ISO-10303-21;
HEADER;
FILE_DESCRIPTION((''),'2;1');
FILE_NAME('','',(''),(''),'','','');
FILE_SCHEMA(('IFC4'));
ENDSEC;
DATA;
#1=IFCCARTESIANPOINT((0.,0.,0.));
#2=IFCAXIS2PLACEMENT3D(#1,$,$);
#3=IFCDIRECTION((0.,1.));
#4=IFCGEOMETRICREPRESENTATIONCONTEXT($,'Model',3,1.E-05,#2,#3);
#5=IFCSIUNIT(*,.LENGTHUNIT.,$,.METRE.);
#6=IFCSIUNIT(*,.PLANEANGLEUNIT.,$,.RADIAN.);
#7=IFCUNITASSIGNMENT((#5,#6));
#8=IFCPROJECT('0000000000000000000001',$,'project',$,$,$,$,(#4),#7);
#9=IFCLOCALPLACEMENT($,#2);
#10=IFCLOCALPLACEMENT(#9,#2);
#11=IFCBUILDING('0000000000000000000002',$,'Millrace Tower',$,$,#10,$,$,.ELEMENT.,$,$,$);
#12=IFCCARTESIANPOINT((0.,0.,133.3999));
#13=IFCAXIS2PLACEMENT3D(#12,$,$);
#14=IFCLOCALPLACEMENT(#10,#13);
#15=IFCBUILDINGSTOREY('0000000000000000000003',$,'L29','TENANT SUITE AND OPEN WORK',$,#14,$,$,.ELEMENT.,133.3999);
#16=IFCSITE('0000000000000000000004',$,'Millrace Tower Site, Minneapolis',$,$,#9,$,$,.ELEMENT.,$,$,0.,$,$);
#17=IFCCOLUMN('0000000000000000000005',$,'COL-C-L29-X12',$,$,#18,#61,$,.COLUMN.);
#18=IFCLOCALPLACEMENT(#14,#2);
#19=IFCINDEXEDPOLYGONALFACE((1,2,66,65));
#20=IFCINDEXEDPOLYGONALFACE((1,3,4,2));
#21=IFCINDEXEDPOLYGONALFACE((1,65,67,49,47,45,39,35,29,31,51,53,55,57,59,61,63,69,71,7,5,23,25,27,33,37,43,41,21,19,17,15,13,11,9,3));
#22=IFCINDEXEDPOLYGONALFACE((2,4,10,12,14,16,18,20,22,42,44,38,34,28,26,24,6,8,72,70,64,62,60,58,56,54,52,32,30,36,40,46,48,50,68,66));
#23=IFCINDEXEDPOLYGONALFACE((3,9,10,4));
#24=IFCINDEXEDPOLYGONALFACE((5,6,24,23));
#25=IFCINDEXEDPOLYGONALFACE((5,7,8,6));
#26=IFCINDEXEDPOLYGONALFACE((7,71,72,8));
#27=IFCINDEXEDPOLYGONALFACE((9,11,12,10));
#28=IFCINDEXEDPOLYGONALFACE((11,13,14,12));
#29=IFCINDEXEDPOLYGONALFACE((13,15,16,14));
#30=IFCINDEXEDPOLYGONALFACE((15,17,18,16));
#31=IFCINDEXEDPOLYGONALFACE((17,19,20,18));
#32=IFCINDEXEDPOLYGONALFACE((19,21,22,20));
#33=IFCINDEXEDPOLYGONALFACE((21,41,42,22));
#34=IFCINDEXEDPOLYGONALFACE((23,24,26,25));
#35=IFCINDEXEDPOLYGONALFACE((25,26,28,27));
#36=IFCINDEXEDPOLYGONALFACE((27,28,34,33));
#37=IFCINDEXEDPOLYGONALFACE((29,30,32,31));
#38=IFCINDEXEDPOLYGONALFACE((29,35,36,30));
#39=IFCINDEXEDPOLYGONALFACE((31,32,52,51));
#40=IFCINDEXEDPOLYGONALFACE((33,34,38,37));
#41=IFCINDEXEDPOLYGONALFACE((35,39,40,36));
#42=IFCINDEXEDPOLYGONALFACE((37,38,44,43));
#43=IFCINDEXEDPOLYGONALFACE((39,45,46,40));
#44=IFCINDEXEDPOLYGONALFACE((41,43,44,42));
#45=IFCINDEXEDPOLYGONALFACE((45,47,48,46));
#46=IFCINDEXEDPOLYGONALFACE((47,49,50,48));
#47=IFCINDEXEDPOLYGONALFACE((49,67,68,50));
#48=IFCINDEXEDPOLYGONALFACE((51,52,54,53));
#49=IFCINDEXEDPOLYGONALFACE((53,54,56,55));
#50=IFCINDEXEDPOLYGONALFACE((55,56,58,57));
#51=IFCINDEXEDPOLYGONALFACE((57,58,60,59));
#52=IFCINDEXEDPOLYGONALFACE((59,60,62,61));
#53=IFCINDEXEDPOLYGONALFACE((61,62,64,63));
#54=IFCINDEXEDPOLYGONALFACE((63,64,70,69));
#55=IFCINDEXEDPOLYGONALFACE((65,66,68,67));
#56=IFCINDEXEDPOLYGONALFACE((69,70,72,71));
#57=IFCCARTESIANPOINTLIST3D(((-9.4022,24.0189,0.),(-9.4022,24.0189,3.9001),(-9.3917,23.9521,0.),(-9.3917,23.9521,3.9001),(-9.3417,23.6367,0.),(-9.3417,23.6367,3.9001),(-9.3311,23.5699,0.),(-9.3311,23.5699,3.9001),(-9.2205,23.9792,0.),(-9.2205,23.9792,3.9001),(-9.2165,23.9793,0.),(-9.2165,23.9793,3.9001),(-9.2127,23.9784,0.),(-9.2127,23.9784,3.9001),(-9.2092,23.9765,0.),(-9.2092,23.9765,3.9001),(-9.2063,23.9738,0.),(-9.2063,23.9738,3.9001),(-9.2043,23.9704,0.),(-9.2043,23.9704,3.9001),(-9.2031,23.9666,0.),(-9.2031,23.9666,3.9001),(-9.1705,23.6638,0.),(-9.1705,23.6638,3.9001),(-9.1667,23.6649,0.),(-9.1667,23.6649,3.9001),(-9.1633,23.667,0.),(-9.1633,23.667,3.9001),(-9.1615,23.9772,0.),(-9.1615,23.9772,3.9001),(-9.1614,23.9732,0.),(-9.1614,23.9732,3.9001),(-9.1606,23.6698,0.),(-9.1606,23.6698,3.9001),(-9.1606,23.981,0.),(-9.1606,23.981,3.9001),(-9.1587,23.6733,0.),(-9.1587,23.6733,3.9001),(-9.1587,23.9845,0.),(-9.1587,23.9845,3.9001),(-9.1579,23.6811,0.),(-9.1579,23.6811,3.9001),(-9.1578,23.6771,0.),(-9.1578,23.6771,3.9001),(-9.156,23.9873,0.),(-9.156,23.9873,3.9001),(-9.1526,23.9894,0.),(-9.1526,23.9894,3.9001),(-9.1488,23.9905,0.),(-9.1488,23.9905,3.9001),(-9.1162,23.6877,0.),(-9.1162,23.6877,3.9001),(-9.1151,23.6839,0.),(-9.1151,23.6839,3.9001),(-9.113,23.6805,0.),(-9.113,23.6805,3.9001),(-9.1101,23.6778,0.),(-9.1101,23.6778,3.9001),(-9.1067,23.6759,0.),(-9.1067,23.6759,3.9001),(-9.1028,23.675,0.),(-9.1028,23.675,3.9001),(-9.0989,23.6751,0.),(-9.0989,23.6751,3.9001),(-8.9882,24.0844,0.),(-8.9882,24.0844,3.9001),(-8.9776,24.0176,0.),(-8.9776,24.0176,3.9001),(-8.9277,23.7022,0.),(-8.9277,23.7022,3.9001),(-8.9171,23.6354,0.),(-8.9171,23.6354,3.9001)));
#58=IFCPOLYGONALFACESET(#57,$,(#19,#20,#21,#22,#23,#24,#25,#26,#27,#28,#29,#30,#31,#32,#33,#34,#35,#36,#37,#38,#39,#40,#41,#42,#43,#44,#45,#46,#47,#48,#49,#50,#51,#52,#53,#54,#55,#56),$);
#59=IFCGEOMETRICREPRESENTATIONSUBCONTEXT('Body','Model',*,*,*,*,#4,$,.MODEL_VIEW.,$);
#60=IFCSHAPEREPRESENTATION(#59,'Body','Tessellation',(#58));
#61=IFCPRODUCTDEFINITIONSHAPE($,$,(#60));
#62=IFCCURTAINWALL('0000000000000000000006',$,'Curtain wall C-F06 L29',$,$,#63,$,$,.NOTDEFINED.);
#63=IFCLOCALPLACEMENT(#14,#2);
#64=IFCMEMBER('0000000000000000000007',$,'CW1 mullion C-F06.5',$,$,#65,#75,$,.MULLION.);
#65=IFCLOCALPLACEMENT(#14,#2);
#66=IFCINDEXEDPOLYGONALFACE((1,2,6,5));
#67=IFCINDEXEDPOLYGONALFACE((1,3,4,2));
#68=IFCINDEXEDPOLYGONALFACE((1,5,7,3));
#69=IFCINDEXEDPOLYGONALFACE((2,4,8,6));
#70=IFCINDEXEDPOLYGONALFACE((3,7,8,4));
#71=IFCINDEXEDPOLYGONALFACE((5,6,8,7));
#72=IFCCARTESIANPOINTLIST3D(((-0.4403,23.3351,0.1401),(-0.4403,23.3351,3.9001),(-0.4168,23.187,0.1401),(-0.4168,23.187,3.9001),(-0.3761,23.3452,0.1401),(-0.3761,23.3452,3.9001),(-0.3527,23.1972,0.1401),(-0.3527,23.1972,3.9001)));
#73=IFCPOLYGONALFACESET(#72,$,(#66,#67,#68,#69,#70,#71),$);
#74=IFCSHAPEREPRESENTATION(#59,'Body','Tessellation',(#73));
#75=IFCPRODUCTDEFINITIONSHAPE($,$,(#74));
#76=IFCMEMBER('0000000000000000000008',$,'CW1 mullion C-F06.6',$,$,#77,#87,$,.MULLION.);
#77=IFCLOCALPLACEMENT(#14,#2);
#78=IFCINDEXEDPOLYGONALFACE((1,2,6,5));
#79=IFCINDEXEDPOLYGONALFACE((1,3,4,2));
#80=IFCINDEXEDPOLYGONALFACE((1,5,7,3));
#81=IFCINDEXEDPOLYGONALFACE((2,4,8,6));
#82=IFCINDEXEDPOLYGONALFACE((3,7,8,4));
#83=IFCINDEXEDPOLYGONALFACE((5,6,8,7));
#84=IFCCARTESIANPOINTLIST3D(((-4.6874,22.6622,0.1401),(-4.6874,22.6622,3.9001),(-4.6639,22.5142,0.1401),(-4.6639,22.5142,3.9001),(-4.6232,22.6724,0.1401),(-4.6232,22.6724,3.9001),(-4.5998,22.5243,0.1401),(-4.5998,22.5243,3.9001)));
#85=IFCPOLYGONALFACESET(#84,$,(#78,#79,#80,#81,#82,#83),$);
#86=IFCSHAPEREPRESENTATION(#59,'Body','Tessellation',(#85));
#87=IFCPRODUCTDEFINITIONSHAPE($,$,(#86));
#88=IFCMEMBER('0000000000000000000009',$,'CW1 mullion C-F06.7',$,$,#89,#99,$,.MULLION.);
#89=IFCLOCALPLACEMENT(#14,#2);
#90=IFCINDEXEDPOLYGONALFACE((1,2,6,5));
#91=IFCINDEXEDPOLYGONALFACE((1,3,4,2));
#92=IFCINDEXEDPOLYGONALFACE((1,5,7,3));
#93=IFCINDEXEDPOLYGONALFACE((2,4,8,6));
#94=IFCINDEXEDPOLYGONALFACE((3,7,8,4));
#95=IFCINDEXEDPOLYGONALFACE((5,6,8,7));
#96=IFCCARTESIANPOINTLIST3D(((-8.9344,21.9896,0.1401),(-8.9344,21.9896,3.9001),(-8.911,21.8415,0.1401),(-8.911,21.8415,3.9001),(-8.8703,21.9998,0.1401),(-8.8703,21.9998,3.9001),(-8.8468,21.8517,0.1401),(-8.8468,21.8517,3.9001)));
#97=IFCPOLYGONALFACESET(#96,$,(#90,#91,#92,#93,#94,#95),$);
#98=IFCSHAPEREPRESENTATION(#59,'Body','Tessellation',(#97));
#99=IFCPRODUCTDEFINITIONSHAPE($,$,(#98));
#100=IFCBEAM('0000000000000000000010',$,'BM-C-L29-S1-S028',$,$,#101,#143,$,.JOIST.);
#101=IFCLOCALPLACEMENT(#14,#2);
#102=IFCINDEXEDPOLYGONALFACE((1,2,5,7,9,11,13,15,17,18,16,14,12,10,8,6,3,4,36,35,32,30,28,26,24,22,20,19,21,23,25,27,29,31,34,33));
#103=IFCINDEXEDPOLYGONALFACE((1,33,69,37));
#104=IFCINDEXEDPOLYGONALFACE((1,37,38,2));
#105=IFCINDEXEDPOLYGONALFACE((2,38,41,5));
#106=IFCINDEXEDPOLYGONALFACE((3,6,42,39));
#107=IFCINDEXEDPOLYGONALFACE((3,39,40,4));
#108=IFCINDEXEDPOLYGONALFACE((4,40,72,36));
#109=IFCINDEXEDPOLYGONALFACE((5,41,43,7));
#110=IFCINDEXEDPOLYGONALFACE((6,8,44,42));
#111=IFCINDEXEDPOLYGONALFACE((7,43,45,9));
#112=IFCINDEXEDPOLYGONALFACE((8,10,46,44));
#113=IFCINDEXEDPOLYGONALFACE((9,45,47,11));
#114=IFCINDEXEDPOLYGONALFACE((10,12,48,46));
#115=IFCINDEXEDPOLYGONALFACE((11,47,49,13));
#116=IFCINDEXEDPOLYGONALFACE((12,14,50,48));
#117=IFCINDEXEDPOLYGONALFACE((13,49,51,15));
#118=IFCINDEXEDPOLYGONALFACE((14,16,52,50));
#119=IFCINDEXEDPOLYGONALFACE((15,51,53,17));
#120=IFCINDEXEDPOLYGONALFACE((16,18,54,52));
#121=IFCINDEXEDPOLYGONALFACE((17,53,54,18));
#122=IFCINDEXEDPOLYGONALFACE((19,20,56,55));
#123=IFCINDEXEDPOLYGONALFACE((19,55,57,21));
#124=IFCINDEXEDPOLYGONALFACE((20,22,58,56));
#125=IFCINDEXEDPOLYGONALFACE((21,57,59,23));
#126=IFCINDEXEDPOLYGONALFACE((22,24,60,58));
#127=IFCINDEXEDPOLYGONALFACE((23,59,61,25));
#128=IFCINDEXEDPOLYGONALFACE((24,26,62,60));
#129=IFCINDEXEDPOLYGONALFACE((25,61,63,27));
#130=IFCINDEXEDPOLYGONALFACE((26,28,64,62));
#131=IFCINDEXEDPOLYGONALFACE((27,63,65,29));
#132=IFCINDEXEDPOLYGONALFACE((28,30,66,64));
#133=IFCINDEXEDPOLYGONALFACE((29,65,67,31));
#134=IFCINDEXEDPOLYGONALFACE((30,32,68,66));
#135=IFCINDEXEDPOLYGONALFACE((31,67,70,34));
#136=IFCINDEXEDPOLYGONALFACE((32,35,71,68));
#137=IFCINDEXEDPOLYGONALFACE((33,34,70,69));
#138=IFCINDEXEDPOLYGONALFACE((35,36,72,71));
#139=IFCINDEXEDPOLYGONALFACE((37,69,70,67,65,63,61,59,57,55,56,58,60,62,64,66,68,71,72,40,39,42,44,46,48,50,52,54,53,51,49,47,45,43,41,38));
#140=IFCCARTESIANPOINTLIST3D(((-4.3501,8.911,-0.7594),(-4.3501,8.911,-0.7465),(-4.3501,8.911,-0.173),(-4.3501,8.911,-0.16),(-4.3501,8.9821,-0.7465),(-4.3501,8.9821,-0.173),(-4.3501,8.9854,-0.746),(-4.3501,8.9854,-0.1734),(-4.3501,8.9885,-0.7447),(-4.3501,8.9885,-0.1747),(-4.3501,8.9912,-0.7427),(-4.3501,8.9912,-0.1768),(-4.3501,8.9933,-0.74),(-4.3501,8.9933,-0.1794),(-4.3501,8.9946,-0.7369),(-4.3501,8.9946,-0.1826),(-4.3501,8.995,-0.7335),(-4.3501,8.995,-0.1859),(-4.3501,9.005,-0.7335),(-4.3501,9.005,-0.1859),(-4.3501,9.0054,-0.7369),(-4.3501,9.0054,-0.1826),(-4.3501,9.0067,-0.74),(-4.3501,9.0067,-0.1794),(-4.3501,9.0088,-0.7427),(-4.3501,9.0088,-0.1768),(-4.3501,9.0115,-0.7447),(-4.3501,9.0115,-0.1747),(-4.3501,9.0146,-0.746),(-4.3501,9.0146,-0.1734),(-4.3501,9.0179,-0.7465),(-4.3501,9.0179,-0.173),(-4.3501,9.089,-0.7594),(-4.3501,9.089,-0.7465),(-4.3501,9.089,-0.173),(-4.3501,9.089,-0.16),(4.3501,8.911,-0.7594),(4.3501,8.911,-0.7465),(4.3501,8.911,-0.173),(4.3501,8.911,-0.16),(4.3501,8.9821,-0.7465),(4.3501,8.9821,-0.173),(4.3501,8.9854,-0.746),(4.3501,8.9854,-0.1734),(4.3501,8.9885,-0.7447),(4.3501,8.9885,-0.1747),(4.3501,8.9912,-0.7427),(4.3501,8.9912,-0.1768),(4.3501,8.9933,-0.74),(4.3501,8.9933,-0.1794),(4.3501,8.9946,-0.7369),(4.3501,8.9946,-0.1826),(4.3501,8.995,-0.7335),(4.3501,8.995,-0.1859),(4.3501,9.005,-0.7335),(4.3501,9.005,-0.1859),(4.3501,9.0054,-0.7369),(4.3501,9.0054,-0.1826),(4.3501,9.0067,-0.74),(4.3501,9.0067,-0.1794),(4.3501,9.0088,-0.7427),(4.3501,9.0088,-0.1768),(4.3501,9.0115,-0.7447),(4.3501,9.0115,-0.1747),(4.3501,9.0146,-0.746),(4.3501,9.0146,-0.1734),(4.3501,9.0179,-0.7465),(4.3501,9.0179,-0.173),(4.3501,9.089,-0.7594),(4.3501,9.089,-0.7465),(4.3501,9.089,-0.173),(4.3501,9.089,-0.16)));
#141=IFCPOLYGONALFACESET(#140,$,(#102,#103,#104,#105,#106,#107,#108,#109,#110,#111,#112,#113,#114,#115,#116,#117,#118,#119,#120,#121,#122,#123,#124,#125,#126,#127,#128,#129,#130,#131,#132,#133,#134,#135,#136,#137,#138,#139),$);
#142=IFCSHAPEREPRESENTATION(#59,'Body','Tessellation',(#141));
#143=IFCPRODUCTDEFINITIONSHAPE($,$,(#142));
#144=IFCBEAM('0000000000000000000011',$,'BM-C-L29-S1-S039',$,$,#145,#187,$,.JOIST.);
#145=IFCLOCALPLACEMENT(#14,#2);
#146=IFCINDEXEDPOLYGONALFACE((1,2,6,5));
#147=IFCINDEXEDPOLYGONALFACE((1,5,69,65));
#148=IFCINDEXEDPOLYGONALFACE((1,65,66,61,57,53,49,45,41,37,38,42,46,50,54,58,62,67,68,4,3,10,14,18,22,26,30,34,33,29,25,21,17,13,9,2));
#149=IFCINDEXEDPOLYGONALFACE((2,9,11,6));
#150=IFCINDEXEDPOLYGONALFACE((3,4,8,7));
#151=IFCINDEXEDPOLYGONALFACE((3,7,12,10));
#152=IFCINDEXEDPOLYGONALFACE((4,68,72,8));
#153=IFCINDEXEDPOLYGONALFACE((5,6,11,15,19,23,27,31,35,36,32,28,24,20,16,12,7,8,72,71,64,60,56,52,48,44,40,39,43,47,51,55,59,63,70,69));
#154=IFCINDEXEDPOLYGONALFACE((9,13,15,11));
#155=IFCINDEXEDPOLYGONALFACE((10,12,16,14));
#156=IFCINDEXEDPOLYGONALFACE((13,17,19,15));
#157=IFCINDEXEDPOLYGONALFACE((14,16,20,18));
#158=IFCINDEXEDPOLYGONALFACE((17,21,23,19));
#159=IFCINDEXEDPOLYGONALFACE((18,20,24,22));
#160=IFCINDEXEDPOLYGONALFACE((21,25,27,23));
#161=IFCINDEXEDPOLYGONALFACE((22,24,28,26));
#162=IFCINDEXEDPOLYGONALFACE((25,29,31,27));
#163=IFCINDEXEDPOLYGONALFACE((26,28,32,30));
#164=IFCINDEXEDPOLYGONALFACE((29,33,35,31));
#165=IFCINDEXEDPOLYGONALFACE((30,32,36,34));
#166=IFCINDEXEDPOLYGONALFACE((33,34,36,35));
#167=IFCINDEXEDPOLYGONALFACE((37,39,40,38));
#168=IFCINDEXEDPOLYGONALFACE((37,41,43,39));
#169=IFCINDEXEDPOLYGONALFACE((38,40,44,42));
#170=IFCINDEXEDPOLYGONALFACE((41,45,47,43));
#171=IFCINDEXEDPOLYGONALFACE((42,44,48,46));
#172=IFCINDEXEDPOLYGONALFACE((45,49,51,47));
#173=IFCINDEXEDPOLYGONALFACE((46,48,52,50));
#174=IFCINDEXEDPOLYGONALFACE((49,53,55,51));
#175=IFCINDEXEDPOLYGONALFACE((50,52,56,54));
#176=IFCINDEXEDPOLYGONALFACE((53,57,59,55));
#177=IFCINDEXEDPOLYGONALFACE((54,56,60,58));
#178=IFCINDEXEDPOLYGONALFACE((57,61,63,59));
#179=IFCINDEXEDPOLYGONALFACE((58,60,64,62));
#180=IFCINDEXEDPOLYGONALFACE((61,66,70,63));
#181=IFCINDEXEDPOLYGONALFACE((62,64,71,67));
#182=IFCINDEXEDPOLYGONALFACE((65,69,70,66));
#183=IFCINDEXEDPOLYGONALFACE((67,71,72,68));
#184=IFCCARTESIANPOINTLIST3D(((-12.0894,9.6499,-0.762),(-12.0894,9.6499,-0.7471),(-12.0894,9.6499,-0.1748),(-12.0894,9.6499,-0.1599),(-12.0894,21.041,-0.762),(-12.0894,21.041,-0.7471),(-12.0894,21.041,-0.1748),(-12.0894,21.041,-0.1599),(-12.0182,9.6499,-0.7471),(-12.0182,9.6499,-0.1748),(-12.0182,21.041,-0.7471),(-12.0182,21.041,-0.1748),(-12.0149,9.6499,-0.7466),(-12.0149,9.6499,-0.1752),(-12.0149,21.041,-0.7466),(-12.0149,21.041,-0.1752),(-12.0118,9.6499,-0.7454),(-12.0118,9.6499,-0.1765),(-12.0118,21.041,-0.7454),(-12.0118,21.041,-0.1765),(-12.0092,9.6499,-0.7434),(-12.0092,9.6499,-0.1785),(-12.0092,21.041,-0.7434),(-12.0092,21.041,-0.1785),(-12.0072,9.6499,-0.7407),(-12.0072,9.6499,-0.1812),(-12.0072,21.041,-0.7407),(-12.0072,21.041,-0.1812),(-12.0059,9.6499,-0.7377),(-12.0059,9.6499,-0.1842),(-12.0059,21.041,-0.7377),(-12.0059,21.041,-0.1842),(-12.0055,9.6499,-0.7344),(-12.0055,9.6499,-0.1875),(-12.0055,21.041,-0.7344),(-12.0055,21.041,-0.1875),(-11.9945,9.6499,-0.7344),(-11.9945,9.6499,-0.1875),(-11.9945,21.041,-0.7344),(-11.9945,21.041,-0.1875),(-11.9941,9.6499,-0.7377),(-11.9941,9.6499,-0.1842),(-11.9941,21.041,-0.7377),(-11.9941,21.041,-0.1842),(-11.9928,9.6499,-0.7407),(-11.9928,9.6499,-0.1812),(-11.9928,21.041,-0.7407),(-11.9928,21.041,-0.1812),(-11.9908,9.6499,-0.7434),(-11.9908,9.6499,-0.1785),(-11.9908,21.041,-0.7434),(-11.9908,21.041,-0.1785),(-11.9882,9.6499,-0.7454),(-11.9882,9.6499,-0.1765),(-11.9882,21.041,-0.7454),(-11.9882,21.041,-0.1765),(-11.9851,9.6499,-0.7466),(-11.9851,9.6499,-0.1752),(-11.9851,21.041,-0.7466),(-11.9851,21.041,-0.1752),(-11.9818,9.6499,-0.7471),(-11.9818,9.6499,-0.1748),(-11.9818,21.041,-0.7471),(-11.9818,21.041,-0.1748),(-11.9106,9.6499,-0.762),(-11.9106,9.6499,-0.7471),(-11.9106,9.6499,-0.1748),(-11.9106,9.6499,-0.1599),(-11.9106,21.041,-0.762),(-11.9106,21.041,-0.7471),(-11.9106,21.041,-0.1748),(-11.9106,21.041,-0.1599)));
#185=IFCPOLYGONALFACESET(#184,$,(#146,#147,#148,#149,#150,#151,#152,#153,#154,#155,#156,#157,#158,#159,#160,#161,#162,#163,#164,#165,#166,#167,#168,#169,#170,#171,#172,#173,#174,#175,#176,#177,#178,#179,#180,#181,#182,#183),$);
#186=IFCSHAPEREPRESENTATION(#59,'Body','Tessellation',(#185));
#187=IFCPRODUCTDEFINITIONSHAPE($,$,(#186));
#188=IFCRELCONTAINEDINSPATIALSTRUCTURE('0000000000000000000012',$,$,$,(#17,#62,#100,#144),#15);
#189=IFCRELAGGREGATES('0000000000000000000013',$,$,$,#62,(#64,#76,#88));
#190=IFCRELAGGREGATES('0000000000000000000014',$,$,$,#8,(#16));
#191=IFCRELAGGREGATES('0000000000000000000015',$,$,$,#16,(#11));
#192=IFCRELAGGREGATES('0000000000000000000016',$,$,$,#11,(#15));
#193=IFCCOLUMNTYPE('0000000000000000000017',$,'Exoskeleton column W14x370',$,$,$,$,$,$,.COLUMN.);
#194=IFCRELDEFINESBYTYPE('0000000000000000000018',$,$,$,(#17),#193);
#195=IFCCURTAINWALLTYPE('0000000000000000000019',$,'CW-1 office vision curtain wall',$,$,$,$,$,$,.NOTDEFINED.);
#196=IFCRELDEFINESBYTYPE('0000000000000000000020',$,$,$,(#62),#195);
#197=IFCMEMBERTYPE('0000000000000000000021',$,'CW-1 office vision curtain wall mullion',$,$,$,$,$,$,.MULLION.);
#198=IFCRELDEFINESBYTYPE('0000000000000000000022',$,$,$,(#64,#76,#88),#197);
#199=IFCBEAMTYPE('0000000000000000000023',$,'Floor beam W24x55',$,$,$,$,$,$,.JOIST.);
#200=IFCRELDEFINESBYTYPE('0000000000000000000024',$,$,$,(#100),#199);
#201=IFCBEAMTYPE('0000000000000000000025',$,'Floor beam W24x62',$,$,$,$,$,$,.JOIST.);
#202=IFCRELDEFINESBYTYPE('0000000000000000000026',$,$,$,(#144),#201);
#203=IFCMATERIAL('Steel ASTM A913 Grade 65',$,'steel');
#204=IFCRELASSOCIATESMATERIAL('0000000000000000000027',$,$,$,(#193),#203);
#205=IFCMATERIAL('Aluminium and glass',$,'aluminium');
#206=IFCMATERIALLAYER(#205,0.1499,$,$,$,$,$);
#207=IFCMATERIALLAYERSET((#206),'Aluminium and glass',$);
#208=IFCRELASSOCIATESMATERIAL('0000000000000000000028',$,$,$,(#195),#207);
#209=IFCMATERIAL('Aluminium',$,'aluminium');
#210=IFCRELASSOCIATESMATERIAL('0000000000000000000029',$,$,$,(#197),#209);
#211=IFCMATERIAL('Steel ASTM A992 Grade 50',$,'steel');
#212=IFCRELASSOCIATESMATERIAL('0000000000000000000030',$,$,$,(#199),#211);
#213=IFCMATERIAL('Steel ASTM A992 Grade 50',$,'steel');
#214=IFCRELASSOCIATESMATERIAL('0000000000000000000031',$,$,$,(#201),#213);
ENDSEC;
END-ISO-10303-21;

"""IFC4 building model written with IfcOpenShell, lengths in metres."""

from ifc_helpers import new_model, si_unit, direction, frame, origin, origin_2d, place, context, subcontext, project, spatial, rectangle, i_section, extrude, material, layer, layer_set, material_profile, profile_set, type_object, element, aggregate, save


model = new_model("IFC4")

# Units and contexts
model_context = context("Model", 3, precision=1e-05, world=origin(), true_north=direction((0.0, 1.0)))
body_context = subcontext(model_context, "Body", "Model", "MODEL_VIEW")
ifc_project = project(units=[si_unit("LENGTHUNIT", "METRE"), si_unit("PLANEANGLEUNIT", "RADIAN")], contexts=[model_context])

# Site, building, storey
site_placement = place(None, origin())
site = spatial("IfcSite", under=ifc_project, at=site_placement, Name="Millrace Tower Site, Minneapolis", CompositionType="ELEMENT", RefElevation=0.0)
building_placement = place(site_placement, origin())
building = spatial("IfcBuilding", under=site, at=building_placement, Name="Millrace Tower", CompositionType="ELEMENT")
storey_placement = place(building_placement, frame((0.0, 0.0, 133.3999)))
storey = spatial("IfcBuildingStorey", under=building, at=storey_placement, Name="L29", Description="TENANT SUITE AND OPEN WORK", CompositionType="ELEMENT", Elevation=133.3999)

# Column
ifc_material_1 = material(Name="Steel ASTM A913 Grade 65", Category="steel")
ifc_material_profile_1 = material_profile(ifc_material_1, i_section(OverallWidth=0.4192, OverallDepth=0.4546, WebThickness=0.0422, FlangeThickness=0.0676, FilletRadius=0.0151, at=origin_2d()))
ifc_profile_set_1 = profile_set([ifc_material_profile_1], Name="Steel ASTM A913 Grade 65")
column_type = type_object("IfcColumnType", Name="Exoskeleton column W14x370", PredefinedType="COLUMN", material=ifc_profile_set_1)
column_placement = place(storey_placement, frame((-9.1597, 23.8271, 0.0), z_axis=(0.0, 0.0, 1.0), x_axis=(-0.987688, -0.156434, 0.0)))
element("IfcColumn", 1, at=column_placement, inside=storey, type_object=column_type, Name="COL-C-L29-X12", PredefinedType="COLUMN", context=body_context, shape_type="SweptSolid", body=[
    extrude(i_section(OverallWidth=0.4192, OverallDepth=0.4546, WebThickness=0.0422, FlangeThickness=0.0676, FilletRadius=0.0151, at=origin_2d()), origin(), (0.0, 0.0, 1.0), 3.9001),
])

# Curtain wall, members
ifc_material_2 = material(Name="Aluminium and glass", Category="aluminium")
ifc_layer_1 = layer(ifc_material_2, 0.1499)
ifc_layer_set_1 = layer_set([ifc_layer_1], Name="Aluminium and glass")
curtain_wall_type = type_object("IfcCurtainWallType", Name="CW-1 office vision curtain wall", PredefinedType="NOTDEFINED", material=ifc_layer_set_1)
placement = place(storey_placement, origin())
curtain_wall = element("IfcCurtainWall", 2, at=placement, inside=storey, type_object=curtain_wall_type, Name="Curtain wall C-F06 L29", PredefinedType="NOTDEFINED")
ifc_material_3 = material(Name="Aluminium", Category="aluminium")
ifc_material_profile_2 = material_profile(ifc_material_3, rectangle(XDim=0.0649, YDim=0.1499, at=origin_2d()))
ifc_profile_set_2 = profile_set([ifc_material_profile_2], Name="Aluminium")
member_type = type_object("IfcMemberType", Name="CW-1 office vision curtain wall mullion", PredefinedType="MULLION", material=ifc_profile_set_2)
member_1_placement = place(storey_placement, frame((-0.3965, 23.2661, 0.1401), z_axis=(0.0, 0.0, 1.0), x_axis=(-0.987688, -0.156434, 0.0)))
member_1 = element("IfcMember", 3, at=member_1_placement, type_object=member_type, Name="CW1 mullion C-F06.5", PredefinedType="MULLION", context=body_context, shape_type="SweptSolid", body=[
    extrude(rectangle(XDim=0.0649, YDim=0.1499, at=origin_2d()), origin(), (0.0, 0.0, 1.0), 3.76),
])
member_2_placement = place(storey_placement, frame((-4.6436, 22.5933, 0.1401), z_axis=(0.0, 0.0, 1.0), x_axis=(-0.987688, -0.156434, 0.0)))
member_2 = element("IfcMember", 4, at=member_2_placement, type_object=member_type, Name="CW1 mullion C-F06.6", PredefinedType="MULLION", context=body_context, shape_type="SweptSolid", body=[
    extrude(rectangle(XDim=0.0649, YDim=0.1499, at=origin_2d()), origin(), (0.0, 0.0, 1.0), 3.76),
])
member_3_placement = place(storey_placement, frame((-8.8906, 21.9207, 0.1401), z_axis=(0.0, 0.0, 1.0), x_axis=(-0.987688, -0.156434, 0.0)))
member_3 = element("IfcMember", 5, at=member_3_placement, type_object=member_type, Name="CW1 mullion C-F06.7", PredefinedType="MULLION", context=body_context, shape_type="SweptSolid", body=[
    extrude(rectangle(XDim=0.0649, YDim=0.1499, at=origin_2d()), origin(), (0.0, 0.0, 1.0), 3.76),
])
aggregate(curtain_wall, [member_1, member_2, member_3])

# Beams
ifc_material_4 = material(Name="Steel ASTM A992 Grade 50", Category="steel")
ifc_material_profile_3 = material_profile(ifc_material_4, i_section(OverallWidth=0.178, OverallDepth=0.5994, WebThickness=0.01, FlangeThickness=0.0129, FilletRadius=0.0129, at=origin_2d()))
ifc_profile_set_3 = profile_set([ifc_material_profile_3], Name="Steel ASTM A992 Grade 50")
beam_type_1 = type_object("IfcBeamType", Name="Floor beam W24x55", PredefinedType="JOIST", material=ifc_profile_set_3)
beam_1_placement = place(storey_placement, frame((-4.3501, 9.0, -0.4597), z_axis=(1.0, 0.0, 0.0), x_axis=(0.0, 1.0, 0.0)))
element("IfcBeam", 6, at=beam_1_placement, inside=storey, type_object=beam_type_1, Name="BM-C-L29-S1-S028", PredefinedType="JOIST", context=body_context, shape_type="SweptSolid", body=[
    extrude(i_section(OverallWidth=0.178, OverallDepth=0.5994, WebThickness=0.01, FlangeThickness=0.0129, FilletRadius=0.0129, at=origin_2d()), origin(), (0.0, 0.0, 1.0), 8.7002),
])
ifc_material_5 = material(Name="Steel ASTM A992 Grade 50", Category="steel")
ifc_material_profile_4 = material_profile(ifc_material_5, i_section(OverallWidth=0.1787, OverallDepth=0.6021, WebThickness=0.011, FlangeThickness=0.0149, FilletRadius=0.0127, at=origin_2d()))
ifc_profile_set_4 = profile_set([ifc_material_profile_4], Name="Steel ASTM A992 Grade 50")
beam_type_2 = type_object("IfcBeamType", Name="Floor beam W24x62", PredefinedType="JOIST", material=ifc_profile_set_4)
beam_2_placement = place(storey_placement, frame((-12.0, 9.6499, -0.4609), z_axis=(0.0, 1.0, 0.0), x_axis=(-1.0, 0.0, 0.0)))
element("IfcBeam", 7, at=beam_2_placement, inside=storey, type_object=beam_type_2, Name="BM-C-L29-S1-S039", PredefinedType="JOIST", context=body_context, shape_type="SweptSolid", body=[
    extrude(i_section(OverallWidth=0.1787, OverallDepth=0.6021, WebThickness=0.011, FlangeThickness=0.0149, FilletRadius=0.0127, at=origin_2d()), origin(), (0.0, 0.0, 1.0), 11.3911),
])

save(model, "model.ifc")
